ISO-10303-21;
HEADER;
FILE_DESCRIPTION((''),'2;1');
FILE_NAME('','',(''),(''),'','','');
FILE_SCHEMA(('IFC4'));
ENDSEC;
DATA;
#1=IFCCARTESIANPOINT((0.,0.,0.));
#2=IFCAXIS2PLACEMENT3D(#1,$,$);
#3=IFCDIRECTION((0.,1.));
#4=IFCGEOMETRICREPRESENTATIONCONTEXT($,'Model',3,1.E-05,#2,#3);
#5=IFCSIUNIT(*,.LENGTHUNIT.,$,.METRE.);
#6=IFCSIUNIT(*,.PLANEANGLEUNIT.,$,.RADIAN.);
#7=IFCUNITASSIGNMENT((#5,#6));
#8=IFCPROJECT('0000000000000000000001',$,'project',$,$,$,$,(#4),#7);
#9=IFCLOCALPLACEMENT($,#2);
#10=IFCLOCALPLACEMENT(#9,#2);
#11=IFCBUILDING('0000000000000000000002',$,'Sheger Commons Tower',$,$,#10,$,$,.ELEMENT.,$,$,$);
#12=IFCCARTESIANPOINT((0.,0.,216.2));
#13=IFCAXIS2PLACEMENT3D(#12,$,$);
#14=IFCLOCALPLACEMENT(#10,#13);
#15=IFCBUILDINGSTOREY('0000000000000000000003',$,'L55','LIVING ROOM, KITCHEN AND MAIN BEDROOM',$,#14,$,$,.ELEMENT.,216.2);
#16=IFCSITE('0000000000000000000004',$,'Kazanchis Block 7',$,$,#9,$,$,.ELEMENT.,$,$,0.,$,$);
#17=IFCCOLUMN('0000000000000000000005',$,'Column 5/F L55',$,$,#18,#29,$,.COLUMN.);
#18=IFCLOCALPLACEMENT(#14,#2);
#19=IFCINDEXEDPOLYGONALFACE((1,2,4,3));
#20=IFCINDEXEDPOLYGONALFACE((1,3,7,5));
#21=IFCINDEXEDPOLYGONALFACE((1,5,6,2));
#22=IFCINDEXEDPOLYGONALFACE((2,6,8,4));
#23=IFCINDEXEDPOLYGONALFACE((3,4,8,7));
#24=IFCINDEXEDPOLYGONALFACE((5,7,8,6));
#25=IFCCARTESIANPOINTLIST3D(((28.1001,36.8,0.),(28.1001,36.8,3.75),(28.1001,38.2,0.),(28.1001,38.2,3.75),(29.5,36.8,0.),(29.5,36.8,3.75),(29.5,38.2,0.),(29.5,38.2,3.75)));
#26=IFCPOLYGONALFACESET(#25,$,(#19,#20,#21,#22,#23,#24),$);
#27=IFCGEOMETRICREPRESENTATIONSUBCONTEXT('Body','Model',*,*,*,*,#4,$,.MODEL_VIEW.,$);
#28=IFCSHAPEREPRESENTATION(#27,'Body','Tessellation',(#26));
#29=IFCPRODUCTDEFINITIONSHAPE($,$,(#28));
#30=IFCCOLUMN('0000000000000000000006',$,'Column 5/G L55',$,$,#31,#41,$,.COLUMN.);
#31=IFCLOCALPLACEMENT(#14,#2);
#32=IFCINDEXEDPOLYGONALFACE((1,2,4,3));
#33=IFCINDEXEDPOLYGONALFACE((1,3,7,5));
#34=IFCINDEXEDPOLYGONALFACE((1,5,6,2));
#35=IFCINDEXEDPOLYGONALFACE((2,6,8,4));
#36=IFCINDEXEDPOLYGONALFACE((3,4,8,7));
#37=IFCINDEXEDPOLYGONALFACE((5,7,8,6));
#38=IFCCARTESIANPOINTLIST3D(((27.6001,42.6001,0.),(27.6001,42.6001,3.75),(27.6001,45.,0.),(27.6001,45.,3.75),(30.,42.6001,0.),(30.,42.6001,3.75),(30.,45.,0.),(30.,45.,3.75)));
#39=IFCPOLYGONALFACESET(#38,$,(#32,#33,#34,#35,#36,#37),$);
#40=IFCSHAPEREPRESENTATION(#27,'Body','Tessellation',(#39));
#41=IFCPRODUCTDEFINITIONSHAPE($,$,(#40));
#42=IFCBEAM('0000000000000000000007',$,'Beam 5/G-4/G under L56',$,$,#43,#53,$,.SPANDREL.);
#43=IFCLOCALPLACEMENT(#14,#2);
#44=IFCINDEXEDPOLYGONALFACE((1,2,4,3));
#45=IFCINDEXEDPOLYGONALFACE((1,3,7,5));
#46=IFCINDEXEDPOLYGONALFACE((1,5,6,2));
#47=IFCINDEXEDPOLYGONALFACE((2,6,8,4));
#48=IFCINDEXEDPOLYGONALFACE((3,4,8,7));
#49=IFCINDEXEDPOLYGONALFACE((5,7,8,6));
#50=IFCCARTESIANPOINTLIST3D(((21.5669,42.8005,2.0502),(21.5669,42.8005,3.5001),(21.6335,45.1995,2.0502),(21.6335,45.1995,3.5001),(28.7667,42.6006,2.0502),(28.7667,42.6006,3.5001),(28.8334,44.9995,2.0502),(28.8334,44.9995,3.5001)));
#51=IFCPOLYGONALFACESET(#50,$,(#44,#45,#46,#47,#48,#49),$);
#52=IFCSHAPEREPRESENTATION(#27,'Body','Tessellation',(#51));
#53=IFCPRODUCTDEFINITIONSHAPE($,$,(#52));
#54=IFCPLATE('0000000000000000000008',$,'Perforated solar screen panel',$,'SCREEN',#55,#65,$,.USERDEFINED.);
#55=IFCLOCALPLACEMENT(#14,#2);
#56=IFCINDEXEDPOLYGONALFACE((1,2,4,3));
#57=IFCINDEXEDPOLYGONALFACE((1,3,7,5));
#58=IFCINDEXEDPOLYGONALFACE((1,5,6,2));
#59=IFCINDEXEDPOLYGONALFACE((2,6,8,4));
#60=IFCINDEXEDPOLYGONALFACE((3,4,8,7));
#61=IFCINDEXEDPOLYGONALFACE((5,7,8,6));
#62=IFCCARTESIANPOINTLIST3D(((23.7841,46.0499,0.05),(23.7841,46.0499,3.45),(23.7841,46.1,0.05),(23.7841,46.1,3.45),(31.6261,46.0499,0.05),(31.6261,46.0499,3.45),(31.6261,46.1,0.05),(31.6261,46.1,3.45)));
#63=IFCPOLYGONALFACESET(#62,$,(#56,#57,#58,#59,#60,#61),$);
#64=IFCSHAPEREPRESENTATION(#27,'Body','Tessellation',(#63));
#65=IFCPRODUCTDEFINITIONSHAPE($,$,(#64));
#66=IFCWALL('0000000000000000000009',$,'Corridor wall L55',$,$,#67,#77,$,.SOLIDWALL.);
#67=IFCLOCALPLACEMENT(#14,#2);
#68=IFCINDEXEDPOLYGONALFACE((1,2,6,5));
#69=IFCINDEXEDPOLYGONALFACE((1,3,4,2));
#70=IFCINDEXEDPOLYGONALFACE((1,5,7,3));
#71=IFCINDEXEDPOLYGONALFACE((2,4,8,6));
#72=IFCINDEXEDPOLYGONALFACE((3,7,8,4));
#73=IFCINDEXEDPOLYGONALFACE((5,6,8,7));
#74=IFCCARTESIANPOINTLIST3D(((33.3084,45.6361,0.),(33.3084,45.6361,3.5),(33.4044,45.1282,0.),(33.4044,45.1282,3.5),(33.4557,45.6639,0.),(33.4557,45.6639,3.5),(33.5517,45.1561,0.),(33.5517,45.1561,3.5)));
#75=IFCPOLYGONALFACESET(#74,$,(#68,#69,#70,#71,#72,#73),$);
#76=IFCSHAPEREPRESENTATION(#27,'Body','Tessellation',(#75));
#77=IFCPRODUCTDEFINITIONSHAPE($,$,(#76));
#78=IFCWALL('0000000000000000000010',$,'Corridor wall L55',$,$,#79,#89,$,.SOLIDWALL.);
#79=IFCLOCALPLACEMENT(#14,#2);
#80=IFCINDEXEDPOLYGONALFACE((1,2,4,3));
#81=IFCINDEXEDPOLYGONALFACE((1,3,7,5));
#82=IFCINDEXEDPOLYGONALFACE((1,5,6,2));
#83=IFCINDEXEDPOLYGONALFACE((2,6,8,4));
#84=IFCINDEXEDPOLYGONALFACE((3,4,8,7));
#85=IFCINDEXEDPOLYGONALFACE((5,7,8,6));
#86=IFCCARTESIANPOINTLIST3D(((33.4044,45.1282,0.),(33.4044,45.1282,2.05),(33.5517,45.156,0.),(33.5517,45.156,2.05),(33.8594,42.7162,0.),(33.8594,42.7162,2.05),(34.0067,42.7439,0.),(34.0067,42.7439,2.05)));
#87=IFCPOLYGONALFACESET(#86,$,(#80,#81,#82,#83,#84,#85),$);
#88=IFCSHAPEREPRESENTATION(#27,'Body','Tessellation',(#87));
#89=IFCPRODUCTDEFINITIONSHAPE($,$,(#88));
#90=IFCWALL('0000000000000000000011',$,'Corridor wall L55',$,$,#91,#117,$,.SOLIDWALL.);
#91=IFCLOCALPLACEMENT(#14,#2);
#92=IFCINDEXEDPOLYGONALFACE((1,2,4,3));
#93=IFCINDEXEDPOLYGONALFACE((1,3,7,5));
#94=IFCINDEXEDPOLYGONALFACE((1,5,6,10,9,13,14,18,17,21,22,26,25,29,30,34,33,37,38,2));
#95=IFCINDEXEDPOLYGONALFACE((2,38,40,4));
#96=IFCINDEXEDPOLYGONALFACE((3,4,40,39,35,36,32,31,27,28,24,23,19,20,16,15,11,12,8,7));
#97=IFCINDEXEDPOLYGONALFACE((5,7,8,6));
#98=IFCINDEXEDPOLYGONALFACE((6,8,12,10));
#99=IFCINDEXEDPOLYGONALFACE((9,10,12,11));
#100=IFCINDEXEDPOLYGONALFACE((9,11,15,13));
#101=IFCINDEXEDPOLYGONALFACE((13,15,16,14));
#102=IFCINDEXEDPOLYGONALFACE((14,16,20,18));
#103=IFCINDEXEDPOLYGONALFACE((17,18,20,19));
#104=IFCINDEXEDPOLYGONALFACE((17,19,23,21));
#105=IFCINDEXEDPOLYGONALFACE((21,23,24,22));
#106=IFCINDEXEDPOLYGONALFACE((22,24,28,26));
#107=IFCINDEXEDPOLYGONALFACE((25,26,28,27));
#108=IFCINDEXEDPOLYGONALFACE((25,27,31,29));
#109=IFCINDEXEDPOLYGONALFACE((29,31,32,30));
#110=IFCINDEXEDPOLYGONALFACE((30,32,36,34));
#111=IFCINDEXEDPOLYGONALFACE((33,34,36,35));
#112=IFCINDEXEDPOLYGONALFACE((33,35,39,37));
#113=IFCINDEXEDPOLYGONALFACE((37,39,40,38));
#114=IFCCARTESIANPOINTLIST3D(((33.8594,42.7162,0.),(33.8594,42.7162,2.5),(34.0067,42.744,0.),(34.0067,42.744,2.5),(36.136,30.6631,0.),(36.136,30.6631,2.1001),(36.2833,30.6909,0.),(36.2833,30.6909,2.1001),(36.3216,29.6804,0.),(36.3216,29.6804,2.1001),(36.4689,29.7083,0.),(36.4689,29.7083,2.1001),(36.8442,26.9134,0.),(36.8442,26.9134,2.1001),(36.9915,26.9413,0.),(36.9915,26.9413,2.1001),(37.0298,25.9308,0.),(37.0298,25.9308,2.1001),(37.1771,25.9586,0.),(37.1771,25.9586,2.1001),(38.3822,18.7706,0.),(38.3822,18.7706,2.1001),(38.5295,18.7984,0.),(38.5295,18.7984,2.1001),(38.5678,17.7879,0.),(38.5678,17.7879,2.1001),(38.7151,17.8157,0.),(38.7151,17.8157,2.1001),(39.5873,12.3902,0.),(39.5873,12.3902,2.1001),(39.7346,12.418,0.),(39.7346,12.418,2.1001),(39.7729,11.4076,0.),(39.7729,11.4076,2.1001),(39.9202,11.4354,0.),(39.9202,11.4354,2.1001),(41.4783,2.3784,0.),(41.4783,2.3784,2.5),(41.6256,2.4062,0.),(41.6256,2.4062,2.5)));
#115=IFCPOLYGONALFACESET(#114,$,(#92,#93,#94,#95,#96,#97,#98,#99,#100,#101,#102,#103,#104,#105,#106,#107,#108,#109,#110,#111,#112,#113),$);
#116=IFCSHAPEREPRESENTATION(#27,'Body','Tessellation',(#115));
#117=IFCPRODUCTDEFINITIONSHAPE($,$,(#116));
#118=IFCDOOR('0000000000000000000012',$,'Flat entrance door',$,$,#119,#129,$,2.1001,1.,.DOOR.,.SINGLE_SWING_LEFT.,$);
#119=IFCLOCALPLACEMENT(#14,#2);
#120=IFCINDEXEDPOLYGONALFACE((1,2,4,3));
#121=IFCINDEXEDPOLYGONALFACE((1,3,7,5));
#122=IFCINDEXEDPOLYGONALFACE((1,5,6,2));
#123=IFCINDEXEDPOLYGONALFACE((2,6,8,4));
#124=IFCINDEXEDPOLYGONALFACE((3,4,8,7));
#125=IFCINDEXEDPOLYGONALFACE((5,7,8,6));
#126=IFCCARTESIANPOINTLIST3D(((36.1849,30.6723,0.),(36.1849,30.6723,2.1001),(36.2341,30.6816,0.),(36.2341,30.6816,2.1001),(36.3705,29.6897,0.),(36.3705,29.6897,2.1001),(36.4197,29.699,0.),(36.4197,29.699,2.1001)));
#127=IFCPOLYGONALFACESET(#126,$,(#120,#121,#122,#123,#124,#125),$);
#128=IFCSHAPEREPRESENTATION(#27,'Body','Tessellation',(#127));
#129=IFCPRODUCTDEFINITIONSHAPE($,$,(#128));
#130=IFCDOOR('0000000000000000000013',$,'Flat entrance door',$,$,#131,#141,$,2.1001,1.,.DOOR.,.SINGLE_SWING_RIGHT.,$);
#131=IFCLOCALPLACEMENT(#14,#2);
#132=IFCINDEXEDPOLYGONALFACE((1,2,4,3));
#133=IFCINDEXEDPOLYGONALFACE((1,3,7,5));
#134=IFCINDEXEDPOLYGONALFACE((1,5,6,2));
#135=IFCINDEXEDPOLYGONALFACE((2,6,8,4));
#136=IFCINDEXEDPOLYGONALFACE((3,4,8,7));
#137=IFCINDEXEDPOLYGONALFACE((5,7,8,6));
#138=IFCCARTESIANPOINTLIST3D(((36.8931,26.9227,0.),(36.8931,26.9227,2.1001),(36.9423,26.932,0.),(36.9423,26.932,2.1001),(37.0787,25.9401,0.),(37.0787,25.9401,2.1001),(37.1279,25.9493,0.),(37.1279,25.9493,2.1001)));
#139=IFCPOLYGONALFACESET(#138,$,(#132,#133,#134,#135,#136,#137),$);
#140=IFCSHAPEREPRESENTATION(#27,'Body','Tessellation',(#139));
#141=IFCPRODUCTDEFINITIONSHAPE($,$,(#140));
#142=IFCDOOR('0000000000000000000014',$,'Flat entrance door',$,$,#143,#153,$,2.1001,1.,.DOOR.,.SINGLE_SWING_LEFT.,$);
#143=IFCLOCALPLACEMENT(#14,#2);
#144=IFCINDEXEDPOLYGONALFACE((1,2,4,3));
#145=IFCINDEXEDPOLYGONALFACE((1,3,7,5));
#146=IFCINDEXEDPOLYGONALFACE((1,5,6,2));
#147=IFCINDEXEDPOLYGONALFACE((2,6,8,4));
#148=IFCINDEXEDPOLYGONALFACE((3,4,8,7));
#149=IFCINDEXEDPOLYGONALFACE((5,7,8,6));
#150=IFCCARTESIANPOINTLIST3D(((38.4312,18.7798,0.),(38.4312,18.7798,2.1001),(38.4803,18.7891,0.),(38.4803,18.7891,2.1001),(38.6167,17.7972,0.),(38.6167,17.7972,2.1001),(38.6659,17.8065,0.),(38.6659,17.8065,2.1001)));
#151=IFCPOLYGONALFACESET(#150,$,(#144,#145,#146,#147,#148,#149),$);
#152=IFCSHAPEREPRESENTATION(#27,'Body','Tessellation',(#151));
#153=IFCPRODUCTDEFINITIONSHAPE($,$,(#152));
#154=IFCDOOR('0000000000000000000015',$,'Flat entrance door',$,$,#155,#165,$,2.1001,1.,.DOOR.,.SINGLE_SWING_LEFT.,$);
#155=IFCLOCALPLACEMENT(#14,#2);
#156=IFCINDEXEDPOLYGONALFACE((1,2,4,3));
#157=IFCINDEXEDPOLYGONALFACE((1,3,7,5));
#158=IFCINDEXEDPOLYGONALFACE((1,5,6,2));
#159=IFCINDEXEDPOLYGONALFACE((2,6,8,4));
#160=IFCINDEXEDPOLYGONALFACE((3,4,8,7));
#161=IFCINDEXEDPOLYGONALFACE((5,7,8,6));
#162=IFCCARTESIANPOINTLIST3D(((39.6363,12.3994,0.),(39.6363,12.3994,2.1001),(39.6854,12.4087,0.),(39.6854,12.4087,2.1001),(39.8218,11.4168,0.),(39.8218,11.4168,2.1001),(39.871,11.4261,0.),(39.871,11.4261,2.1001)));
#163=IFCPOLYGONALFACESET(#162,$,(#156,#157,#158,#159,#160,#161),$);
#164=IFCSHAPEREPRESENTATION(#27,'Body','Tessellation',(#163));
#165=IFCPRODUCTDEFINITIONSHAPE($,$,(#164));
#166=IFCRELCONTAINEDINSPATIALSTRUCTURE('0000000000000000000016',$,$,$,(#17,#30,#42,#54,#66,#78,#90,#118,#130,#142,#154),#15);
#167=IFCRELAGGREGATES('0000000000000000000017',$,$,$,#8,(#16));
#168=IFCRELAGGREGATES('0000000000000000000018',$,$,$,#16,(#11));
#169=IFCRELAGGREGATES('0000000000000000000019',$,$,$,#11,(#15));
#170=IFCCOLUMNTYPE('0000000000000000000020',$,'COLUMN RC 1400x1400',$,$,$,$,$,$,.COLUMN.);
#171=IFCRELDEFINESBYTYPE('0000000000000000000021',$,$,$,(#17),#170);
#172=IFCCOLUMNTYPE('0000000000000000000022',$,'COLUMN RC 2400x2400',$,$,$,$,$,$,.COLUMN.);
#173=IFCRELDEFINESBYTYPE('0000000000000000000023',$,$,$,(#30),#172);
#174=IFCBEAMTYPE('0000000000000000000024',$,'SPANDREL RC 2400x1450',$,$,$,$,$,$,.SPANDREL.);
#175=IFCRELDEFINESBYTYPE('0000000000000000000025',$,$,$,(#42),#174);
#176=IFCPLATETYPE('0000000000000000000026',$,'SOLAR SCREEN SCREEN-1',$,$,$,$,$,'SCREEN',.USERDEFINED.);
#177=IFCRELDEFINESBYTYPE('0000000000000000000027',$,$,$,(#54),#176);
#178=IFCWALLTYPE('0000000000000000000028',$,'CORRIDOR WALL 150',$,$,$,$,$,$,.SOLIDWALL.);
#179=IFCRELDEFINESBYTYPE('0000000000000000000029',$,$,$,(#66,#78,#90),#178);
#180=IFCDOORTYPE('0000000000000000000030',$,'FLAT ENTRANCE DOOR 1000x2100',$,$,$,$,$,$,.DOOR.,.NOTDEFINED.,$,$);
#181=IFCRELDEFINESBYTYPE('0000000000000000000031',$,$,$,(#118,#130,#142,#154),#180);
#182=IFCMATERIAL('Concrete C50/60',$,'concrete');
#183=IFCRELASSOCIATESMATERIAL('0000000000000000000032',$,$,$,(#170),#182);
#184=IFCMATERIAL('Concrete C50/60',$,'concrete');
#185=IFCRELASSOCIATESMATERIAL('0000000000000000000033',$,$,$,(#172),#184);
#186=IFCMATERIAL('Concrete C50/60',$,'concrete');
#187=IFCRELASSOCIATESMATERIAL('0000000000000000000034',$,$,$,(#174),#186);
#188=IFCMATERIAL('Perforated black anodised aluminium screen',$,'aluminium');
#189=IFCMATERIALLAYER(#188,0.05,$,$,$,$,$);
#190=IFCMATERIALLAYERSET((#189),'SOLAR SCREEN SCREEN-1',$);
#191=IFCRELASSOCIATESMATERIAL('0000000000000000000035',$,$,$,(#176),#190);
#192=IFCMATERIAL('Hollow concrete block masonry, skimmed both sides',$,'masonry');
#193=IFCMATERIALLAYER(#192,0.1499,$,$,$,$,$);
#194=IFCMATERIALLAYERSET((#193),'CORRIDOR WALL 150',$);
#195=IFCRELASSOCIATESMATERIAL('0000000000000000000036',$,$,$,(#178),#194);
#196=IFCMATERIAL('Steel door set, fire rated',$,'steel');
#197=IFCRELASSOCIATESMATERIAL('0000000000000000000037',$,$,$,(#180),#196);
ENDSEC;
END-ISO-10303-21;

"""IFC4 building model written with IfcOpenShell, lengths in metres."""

from ifc_helpers import new_model, si_unit, direction, frame, frame_2d, origin, origin_2d, place, context, subcontext, project, spatial, rectangle, extrude, material, layer, layer_set, material_profile, profile_set, type_object, element, fill, save


model = new_model("IFC4")

# Units and contexts
model_context = context("Model", 3, precision=1e-05, world=origin(), true_north=direction((0.0, 1.0)))
body_context = subcontext(model_context, "Body", "Model", "MODEL_VIEW")
ifc_project = project(units=[si_unit("LENGTHUNIT", "METRE"), si_unit("PLANEANGLEUNIT", "RADIAN")], contexts=[model_context])

# Site, building, storey
site_placement = place(None, origin())
site = spatial("IfcSite", under=ifc_project, at=site_placement, Name="Kazanchis Block 7", CompositionType="ELEMENT", RefElevation=0.0)
building_placement = place(site_placement, origin())
building = spatial("IfcBuilding", under=site, at=building_placement, Name="Sheger Commons Tower", CompositionType="ELEMENT")
storey_placement = place(building_placement, frame((0.0, 0.0, 216.2)))
storey = spatial("IfcBuildingStorey", under=building, at=storey_placement, Name="L55", Description="LIVING ROOM, KITCHEN AND MAIN BEDROOM", CompositionType="ELEMENT", Elevation=216.2)

# Columns
ifc_material_1 = material(Name="Concrete C50/60", Category="concrete")
ifc_material_profile_1 = material_profile(ifc_material_1, rectangle(XDim=1.3999, YDim=1.3999, at=origin_2d()), Name="RC 1400x1400")
ifc_profile_set_1 = profile_set([ifc_material_profile_1], Name="Concrete C50/60")
column_type_1 = type_object("IfcColumnType", Name="COLUMN RC 1400x1400", PredefinedType="COLUMN", material=ifc_profile_set_1)
column_1_placement = place(storey_placement, frame((28.8, 37.5, 0.0), z_axis=(0.0, 0.0, 1.0), x_axis=(1.0, 0.0, 0.0)))
element("IfcColumn", 1, at=column_1_placement, inside=storey, type_object=column_type_1, Name="Column 5/F L55", PredefinedType="COLUMN", context=body_context, shape_type="SweptSolid", body=[
    extrude(rectangle(XDim=1.3999, YDim=1.3999, at=origin_2d()), origin(), (0.0, 0.0, 1.0), 3.75),
])
ifc_material_2 = material(Name="Concrete C50/60", Category="concrete")
ifc_material_profile_2 = material_profile(ifc_material_2, rectangle(XDim=2.3999, YDim=2.3999, at=origin_2d()), Name="RC 2400x2400")
ifc_profile_set_2 = profile_set([ifc_material_profile_2], Name="Concrete C50/60")
column_type_2 = type_object("IfcColumnType", Name="COLUMN RC 2400x2400", PredefinedType="COLUMN", material=ifc_profile_set_2)
column_2_placement = place(storey_placement, frame((28.8, 43.8, 0.0), z_axis=(0.0, 0.0, 1.0), x_axis=(1.0, 0.0, 0.0)))
element("IfcColumn", 2, at=column_2_placement, inside=storey, type_object=column_type_2, Name="Column 5/G L55", PredefinedType="COLUMN", context=body_context, shape_type="SweptSolid", body=[
    extrude(rectangle(XDim=2.3999, YDim=2.3999, at=origin_2d()), origin(), (0.0, 0.0, 1.0), 3.75),
])

# Beam
ifc_material_3 = material(Name="Concrete C50/60", Category="concrete")
ifc_material_profile_3 = material_profile(ifc_material_3, rectangle(XDim=2.3999, YDim=1.45, at=origin_2d()), Name="RC 2400x1450")
ifc_profile_set_3 = profile_set([ifc_material_profile_3], Name="Concrete C50/60")
beam_type = type_object("IfcBeamType", Name="SPANDREL RC 2400x1450", PredefinedType="SPANDREL", material=ifc_profile_set_3)
beam_placement = place(storey_placement, frame((28.8, 43.8, 2.7751), z_axis=(-0.999615, 0.02776, 0.0), x_axis=(-0.02776, -0.999615, 0.0)))
element("IfcBeam", 3, at=beam_placement, inside=storey, type_object=beam_type, Name="Beam 5/G-4/G under L56", PredefinedType="SPANDREL", context=body_context, shape_type="SweptSolid", body=[
    extrude(rectangle(XDim=2.3999, YDim=1.45, at=origin_2d()), origin(), (0.0, 0.0, 1.0), 7.2026),
])

# Plate
ifc_material_4 = material(Name="Perforated black anodised aluminium screen", Category="aluminium")
ifc_layer_1 = layer(ifc_material_4, 0.05)
ifc_layer_set_1 = layer_set([ifc_layer_1], Name="SOLAR SCREEN SCREEN-1")
plate_type = type_object("IfcPlateType", Name="SOLAR SCREEN SCREEN-1", ElementType="SCREEN", PredefinedType="USERDEFINED", material=ifc_layer_set_1)
plate_placement = place(storey_placement, frame((27.7051, 46.075, 0.05), z_axis=(0.0, 0.0, 1.0), x_axis=(-1.0, 0.0, 0.0)))
element("IfcPlate", 4, at=plate_placement, inside=storey, type_object=plate_type, Name="Perforated solar screen panel", ObjectType="SCREEN", PredefinedType="USERDEFINED", context=body_context, shape_type="SweptSolid", body=[
    extrude(rectangle(XDim=7.842, YDim=0.05, at=origin_2d()), origin(), (0.0, 0.0, 1.0), 3.3999),
])

# Walls
ifc_material_5 = material(Name="Hollow concrete block masonry, skimmed both sides", Category="masonry")
ifc_layer_2 = layer(ifc_material_5, 0.1499)
ifc_layer_set_2 = layer_set([ifc_layer_2], Name="CORRIDOR WALL 150")
wall_type_1 = type_object("IfcWallType", Name="CORRIDOR WALL 150", PredefinedType="SOLIDWALL", material=ifc_layer_set_2)
wall_1_placement = place(storey_placement, frame((33.3821, 45.6499, 0.0), z_axis=(0.0, 0.0, 1.0), x_axis=(0.185657, -0.982615, 0.0)))
element("IfcWall", 5, at=wall_1_placement, inside=storey, type_object=wall_type_1, Name="Corridor wall L55", PredefinedType="SOLIDWALL", context=body_context, shape_type="SweptSolid", body=[
    extrude(rectangle(XDim=0.5168, YDim=0.1499, at=frame_2d((0.2583, 0.0))), origin(), (0.0, 0.0, 1.0), 3.5),
])
wall_2_placement = place(storey_placement, frame((33.478, 45.1421, 0.0), z_axis=(0.0, 0.0, 1.0), x_axis=(0.185393, -0.982664, 0.0)))
element("IfcWall", 6, at=wall_2_placement, inside=storey, type_object=wall_type_1, Name="Corridor wall L55", PredefinedType="SOLIDWALL", context=body_context, shape_type="SweptSolid", body=[
    extrude(rectangle(XDim=2.4546, YDim=0.1499, at=frame_2d((1.2273, 0.0))), origin(), (0.0, 0.0, 1.0), 2.05),
])

# Wall, openings, doors
wall_3_placement = place(storey_placement, frame((33.9331, 42.73, 0.0), z_axis=(0.0, 0.0, 1.0), x_axis=(0.185595, -0.982626, 0.0)))
wall_3 = element("IfcWall", 7, at=wall_3_placement, inside=storey, type_object=wall_type_1, Name="Corridor wall L55", PredefinedType="SOLIDWALL", context=body_context, shape_type="SweptSolid", body=[
    extrude(rectangle(XDim=41.051, YDim=0.1499, at=frame_2d((20.5254, 0.0))), origin(), (0.0, 0.0, 1.0), 2.5),
])
opening_1_placement = place(wall_3_placement, frame((12.2661, 0.0, 0.0)))
opening_1 = element("IfcOpeningElement", 8, at=opening_1_placement, cuts=wall_3, PredefinedType="OPENING", context=body_context, shape_type="SweptSolid", body=[
    extrude(rectangle(XDim=1.0, YDim=2.1001, at=frame_2d((0.5, 1.05))), frame((0.0, 0.085, 0.0), z_axis=(0.0, -1.0, 0.0), x_axis=(1.0, 0.0, 0.0)), (0.0, 0.0, 1.0), 0.1699),
])
opening_2_placement = place(wall_3_placement, frame((16.082, 0.0, 0.0)))
opening_2 = element("IfcOpeningElement", 9, at=opening_2_placement, cuts=wall_3, PredefinedType="OPENING", context=body_context, shape_type="SweptSolid", body=[
    extrude(rectangle(XDim=1.0, YDim=2.1001, at=frame_2d((0.5, 1.05))), frame((0.0, 0.085, 0.0), z_axis=(0.0, -1.0, 0.0), x_axis=(1.0, 0.0, 0.0)), (0.0, 0.0, 1.0), 0.1699),
])
opening_3_placement = place(wall_3_placement, frame((24.3689, 0.0, 0.0)))
opening_3 = element("IfcOpeningElement", 10, at=opening_3_placement, cuts=wall_3, PredefinedType="OPENING", context=body_context, shape_type="SweptSolid", body=[
    extrude(rectangle(XDim=1.0, YDim=2.1001, at=frame_2d((0.5, 1.05))), frame((0.0, 0.085, 0.0), z_axis=(0.0, -1.0, 0.0), x_axis=(1.0, 0.0, 0.0)), (0.0, 0.0, 1.0), 0.1699),
])
opening_4_placement = place(wall_3_placement, frame((30.8621, 0.0, 0.0)))
opening_4 = element("IfcOpeningElement", 11, at=opening_4_placement, cuts=wall_3, PredefinedType="OPENING", context=body_context, shape_type="SweptSolid", body=[
    extrude(rectangle(XDim=1.0, YDim=2.1001, at=frame_2d((0.5, 1.05))), frame((0.0, 0.085, 0.0), z_axis=(0.0, -1.0, 0.0), x_axis=(1.0, 0.0, 0.0)), (0.0, 0.0, 1.0), 0.1699),
])
ifc_material_6 = material(Name="Steel door set, fire rated", Category="steel")
door_type_1 = type_object("IfcDoorType", Name="FLAT ENTRANCE DOOR 1000x2100", OperationType="NOTDEFINED", PredefinedType="DOOR", material=ifc_material_6)
door_1_placement = place(opening_1_placement, origin())
door_1 = element("IfcDoor", 12, at=door_1_placement, inside=storey, type_object=door_type_1, Name="Flat entrance door", OperationType="SINGLE_SWING_LEFT", OverallHeight=2.1001, OverallWidth=1.0, PredefinedType="DOOR", context=body_context, shape_type="SweptSolid", body=[
    extrude(rectangle(XDim=1.0, YDim=2.1001, at=frame_2d((0.5, 1.05))), frame((0.0, 0.0249, 0.0), z_axis=(0.0, -1.0, 0.0), x_axis=(1.0, 0.0, 0.0)), (0.0, 0.0, 1.0), 0.05),
])
fill(opening_1, door_1)
door_2_placement = place(opening_2_placement, origin())
door_2 = element("IfcDoor", 13, at=door_2_placement, inside=storey, type_object=door_type_1, Name="Flat entrance door", OperationType="SINGLE_SWING_RIGHT", OverallHeight=2.1001, OverallWidth=1.0, PredefinedType="DOOR", context=body_context, shape_type="SweptSolid", body=[
    extrude(rectangle(XDim=1.0, YDim=2.1001, at=frame_2d((0.5, 1.05))), frame((0.0, 0.0249, 0.0), z_axis=(0.0, -1.0, 0.0), x_axis=(1.0, 0.0, 0.0)), (0.0, 0.0, 1.0), 0.05),
])
fill(opening_2, door_2)
door_3_placement = place(opening_3_placement, origin())
door_3 = element("IfcDoor", 14, at=door_3_placement, inside=storey, type_object=door_type_1, Name="Flat entrance door", OperationType="SINGLE_SWING_LEFT", OverallHeight=2.1001, OverallWidth=1.0, PredefinedType="DOOR", context=body_context, shape_type="SweptSolid", body=[
    extrude(rectangle(XDim=1.0, YDim=2.1001, at=frame_2d((0.5, 1.05))), frame((0.0, 0.0249, 0.0), z_axis=(0.0, -1.0, 0.0), x_axis=(1.0, 0.0, 0.0)), (0.0, 0.0, 1.0), 0.05),
])
fill(opening_3, door_3)
door_4_placement = place(opening_4_placement, origin())
door_4 = element("IfcDoor", 15, at=door_4_placement, inside=storey, type_object=door_type_1, Name="Flat entrance door", OperationType="SINGLE_SWING_LEFT", OverallHeight=2.1001, OverallWidth=1.0, PredefinedType="DOOR", context=body_context, shape_type="SweptSolid", body=[
    extrude(rectangle(XDim=1.0, YDim=2.1001, at=frame_2d((0.5, 1.05))), frame((0.0, 0.0249, 0.0), z_axis=(0.0, -1.0, 0.0), x_axis=(1.0, 0.0, 0.0)), (0.0, 0.0, 1.0), 0.05),
])
fill(opening_4, door_4)

save(model, "model.ifc")
